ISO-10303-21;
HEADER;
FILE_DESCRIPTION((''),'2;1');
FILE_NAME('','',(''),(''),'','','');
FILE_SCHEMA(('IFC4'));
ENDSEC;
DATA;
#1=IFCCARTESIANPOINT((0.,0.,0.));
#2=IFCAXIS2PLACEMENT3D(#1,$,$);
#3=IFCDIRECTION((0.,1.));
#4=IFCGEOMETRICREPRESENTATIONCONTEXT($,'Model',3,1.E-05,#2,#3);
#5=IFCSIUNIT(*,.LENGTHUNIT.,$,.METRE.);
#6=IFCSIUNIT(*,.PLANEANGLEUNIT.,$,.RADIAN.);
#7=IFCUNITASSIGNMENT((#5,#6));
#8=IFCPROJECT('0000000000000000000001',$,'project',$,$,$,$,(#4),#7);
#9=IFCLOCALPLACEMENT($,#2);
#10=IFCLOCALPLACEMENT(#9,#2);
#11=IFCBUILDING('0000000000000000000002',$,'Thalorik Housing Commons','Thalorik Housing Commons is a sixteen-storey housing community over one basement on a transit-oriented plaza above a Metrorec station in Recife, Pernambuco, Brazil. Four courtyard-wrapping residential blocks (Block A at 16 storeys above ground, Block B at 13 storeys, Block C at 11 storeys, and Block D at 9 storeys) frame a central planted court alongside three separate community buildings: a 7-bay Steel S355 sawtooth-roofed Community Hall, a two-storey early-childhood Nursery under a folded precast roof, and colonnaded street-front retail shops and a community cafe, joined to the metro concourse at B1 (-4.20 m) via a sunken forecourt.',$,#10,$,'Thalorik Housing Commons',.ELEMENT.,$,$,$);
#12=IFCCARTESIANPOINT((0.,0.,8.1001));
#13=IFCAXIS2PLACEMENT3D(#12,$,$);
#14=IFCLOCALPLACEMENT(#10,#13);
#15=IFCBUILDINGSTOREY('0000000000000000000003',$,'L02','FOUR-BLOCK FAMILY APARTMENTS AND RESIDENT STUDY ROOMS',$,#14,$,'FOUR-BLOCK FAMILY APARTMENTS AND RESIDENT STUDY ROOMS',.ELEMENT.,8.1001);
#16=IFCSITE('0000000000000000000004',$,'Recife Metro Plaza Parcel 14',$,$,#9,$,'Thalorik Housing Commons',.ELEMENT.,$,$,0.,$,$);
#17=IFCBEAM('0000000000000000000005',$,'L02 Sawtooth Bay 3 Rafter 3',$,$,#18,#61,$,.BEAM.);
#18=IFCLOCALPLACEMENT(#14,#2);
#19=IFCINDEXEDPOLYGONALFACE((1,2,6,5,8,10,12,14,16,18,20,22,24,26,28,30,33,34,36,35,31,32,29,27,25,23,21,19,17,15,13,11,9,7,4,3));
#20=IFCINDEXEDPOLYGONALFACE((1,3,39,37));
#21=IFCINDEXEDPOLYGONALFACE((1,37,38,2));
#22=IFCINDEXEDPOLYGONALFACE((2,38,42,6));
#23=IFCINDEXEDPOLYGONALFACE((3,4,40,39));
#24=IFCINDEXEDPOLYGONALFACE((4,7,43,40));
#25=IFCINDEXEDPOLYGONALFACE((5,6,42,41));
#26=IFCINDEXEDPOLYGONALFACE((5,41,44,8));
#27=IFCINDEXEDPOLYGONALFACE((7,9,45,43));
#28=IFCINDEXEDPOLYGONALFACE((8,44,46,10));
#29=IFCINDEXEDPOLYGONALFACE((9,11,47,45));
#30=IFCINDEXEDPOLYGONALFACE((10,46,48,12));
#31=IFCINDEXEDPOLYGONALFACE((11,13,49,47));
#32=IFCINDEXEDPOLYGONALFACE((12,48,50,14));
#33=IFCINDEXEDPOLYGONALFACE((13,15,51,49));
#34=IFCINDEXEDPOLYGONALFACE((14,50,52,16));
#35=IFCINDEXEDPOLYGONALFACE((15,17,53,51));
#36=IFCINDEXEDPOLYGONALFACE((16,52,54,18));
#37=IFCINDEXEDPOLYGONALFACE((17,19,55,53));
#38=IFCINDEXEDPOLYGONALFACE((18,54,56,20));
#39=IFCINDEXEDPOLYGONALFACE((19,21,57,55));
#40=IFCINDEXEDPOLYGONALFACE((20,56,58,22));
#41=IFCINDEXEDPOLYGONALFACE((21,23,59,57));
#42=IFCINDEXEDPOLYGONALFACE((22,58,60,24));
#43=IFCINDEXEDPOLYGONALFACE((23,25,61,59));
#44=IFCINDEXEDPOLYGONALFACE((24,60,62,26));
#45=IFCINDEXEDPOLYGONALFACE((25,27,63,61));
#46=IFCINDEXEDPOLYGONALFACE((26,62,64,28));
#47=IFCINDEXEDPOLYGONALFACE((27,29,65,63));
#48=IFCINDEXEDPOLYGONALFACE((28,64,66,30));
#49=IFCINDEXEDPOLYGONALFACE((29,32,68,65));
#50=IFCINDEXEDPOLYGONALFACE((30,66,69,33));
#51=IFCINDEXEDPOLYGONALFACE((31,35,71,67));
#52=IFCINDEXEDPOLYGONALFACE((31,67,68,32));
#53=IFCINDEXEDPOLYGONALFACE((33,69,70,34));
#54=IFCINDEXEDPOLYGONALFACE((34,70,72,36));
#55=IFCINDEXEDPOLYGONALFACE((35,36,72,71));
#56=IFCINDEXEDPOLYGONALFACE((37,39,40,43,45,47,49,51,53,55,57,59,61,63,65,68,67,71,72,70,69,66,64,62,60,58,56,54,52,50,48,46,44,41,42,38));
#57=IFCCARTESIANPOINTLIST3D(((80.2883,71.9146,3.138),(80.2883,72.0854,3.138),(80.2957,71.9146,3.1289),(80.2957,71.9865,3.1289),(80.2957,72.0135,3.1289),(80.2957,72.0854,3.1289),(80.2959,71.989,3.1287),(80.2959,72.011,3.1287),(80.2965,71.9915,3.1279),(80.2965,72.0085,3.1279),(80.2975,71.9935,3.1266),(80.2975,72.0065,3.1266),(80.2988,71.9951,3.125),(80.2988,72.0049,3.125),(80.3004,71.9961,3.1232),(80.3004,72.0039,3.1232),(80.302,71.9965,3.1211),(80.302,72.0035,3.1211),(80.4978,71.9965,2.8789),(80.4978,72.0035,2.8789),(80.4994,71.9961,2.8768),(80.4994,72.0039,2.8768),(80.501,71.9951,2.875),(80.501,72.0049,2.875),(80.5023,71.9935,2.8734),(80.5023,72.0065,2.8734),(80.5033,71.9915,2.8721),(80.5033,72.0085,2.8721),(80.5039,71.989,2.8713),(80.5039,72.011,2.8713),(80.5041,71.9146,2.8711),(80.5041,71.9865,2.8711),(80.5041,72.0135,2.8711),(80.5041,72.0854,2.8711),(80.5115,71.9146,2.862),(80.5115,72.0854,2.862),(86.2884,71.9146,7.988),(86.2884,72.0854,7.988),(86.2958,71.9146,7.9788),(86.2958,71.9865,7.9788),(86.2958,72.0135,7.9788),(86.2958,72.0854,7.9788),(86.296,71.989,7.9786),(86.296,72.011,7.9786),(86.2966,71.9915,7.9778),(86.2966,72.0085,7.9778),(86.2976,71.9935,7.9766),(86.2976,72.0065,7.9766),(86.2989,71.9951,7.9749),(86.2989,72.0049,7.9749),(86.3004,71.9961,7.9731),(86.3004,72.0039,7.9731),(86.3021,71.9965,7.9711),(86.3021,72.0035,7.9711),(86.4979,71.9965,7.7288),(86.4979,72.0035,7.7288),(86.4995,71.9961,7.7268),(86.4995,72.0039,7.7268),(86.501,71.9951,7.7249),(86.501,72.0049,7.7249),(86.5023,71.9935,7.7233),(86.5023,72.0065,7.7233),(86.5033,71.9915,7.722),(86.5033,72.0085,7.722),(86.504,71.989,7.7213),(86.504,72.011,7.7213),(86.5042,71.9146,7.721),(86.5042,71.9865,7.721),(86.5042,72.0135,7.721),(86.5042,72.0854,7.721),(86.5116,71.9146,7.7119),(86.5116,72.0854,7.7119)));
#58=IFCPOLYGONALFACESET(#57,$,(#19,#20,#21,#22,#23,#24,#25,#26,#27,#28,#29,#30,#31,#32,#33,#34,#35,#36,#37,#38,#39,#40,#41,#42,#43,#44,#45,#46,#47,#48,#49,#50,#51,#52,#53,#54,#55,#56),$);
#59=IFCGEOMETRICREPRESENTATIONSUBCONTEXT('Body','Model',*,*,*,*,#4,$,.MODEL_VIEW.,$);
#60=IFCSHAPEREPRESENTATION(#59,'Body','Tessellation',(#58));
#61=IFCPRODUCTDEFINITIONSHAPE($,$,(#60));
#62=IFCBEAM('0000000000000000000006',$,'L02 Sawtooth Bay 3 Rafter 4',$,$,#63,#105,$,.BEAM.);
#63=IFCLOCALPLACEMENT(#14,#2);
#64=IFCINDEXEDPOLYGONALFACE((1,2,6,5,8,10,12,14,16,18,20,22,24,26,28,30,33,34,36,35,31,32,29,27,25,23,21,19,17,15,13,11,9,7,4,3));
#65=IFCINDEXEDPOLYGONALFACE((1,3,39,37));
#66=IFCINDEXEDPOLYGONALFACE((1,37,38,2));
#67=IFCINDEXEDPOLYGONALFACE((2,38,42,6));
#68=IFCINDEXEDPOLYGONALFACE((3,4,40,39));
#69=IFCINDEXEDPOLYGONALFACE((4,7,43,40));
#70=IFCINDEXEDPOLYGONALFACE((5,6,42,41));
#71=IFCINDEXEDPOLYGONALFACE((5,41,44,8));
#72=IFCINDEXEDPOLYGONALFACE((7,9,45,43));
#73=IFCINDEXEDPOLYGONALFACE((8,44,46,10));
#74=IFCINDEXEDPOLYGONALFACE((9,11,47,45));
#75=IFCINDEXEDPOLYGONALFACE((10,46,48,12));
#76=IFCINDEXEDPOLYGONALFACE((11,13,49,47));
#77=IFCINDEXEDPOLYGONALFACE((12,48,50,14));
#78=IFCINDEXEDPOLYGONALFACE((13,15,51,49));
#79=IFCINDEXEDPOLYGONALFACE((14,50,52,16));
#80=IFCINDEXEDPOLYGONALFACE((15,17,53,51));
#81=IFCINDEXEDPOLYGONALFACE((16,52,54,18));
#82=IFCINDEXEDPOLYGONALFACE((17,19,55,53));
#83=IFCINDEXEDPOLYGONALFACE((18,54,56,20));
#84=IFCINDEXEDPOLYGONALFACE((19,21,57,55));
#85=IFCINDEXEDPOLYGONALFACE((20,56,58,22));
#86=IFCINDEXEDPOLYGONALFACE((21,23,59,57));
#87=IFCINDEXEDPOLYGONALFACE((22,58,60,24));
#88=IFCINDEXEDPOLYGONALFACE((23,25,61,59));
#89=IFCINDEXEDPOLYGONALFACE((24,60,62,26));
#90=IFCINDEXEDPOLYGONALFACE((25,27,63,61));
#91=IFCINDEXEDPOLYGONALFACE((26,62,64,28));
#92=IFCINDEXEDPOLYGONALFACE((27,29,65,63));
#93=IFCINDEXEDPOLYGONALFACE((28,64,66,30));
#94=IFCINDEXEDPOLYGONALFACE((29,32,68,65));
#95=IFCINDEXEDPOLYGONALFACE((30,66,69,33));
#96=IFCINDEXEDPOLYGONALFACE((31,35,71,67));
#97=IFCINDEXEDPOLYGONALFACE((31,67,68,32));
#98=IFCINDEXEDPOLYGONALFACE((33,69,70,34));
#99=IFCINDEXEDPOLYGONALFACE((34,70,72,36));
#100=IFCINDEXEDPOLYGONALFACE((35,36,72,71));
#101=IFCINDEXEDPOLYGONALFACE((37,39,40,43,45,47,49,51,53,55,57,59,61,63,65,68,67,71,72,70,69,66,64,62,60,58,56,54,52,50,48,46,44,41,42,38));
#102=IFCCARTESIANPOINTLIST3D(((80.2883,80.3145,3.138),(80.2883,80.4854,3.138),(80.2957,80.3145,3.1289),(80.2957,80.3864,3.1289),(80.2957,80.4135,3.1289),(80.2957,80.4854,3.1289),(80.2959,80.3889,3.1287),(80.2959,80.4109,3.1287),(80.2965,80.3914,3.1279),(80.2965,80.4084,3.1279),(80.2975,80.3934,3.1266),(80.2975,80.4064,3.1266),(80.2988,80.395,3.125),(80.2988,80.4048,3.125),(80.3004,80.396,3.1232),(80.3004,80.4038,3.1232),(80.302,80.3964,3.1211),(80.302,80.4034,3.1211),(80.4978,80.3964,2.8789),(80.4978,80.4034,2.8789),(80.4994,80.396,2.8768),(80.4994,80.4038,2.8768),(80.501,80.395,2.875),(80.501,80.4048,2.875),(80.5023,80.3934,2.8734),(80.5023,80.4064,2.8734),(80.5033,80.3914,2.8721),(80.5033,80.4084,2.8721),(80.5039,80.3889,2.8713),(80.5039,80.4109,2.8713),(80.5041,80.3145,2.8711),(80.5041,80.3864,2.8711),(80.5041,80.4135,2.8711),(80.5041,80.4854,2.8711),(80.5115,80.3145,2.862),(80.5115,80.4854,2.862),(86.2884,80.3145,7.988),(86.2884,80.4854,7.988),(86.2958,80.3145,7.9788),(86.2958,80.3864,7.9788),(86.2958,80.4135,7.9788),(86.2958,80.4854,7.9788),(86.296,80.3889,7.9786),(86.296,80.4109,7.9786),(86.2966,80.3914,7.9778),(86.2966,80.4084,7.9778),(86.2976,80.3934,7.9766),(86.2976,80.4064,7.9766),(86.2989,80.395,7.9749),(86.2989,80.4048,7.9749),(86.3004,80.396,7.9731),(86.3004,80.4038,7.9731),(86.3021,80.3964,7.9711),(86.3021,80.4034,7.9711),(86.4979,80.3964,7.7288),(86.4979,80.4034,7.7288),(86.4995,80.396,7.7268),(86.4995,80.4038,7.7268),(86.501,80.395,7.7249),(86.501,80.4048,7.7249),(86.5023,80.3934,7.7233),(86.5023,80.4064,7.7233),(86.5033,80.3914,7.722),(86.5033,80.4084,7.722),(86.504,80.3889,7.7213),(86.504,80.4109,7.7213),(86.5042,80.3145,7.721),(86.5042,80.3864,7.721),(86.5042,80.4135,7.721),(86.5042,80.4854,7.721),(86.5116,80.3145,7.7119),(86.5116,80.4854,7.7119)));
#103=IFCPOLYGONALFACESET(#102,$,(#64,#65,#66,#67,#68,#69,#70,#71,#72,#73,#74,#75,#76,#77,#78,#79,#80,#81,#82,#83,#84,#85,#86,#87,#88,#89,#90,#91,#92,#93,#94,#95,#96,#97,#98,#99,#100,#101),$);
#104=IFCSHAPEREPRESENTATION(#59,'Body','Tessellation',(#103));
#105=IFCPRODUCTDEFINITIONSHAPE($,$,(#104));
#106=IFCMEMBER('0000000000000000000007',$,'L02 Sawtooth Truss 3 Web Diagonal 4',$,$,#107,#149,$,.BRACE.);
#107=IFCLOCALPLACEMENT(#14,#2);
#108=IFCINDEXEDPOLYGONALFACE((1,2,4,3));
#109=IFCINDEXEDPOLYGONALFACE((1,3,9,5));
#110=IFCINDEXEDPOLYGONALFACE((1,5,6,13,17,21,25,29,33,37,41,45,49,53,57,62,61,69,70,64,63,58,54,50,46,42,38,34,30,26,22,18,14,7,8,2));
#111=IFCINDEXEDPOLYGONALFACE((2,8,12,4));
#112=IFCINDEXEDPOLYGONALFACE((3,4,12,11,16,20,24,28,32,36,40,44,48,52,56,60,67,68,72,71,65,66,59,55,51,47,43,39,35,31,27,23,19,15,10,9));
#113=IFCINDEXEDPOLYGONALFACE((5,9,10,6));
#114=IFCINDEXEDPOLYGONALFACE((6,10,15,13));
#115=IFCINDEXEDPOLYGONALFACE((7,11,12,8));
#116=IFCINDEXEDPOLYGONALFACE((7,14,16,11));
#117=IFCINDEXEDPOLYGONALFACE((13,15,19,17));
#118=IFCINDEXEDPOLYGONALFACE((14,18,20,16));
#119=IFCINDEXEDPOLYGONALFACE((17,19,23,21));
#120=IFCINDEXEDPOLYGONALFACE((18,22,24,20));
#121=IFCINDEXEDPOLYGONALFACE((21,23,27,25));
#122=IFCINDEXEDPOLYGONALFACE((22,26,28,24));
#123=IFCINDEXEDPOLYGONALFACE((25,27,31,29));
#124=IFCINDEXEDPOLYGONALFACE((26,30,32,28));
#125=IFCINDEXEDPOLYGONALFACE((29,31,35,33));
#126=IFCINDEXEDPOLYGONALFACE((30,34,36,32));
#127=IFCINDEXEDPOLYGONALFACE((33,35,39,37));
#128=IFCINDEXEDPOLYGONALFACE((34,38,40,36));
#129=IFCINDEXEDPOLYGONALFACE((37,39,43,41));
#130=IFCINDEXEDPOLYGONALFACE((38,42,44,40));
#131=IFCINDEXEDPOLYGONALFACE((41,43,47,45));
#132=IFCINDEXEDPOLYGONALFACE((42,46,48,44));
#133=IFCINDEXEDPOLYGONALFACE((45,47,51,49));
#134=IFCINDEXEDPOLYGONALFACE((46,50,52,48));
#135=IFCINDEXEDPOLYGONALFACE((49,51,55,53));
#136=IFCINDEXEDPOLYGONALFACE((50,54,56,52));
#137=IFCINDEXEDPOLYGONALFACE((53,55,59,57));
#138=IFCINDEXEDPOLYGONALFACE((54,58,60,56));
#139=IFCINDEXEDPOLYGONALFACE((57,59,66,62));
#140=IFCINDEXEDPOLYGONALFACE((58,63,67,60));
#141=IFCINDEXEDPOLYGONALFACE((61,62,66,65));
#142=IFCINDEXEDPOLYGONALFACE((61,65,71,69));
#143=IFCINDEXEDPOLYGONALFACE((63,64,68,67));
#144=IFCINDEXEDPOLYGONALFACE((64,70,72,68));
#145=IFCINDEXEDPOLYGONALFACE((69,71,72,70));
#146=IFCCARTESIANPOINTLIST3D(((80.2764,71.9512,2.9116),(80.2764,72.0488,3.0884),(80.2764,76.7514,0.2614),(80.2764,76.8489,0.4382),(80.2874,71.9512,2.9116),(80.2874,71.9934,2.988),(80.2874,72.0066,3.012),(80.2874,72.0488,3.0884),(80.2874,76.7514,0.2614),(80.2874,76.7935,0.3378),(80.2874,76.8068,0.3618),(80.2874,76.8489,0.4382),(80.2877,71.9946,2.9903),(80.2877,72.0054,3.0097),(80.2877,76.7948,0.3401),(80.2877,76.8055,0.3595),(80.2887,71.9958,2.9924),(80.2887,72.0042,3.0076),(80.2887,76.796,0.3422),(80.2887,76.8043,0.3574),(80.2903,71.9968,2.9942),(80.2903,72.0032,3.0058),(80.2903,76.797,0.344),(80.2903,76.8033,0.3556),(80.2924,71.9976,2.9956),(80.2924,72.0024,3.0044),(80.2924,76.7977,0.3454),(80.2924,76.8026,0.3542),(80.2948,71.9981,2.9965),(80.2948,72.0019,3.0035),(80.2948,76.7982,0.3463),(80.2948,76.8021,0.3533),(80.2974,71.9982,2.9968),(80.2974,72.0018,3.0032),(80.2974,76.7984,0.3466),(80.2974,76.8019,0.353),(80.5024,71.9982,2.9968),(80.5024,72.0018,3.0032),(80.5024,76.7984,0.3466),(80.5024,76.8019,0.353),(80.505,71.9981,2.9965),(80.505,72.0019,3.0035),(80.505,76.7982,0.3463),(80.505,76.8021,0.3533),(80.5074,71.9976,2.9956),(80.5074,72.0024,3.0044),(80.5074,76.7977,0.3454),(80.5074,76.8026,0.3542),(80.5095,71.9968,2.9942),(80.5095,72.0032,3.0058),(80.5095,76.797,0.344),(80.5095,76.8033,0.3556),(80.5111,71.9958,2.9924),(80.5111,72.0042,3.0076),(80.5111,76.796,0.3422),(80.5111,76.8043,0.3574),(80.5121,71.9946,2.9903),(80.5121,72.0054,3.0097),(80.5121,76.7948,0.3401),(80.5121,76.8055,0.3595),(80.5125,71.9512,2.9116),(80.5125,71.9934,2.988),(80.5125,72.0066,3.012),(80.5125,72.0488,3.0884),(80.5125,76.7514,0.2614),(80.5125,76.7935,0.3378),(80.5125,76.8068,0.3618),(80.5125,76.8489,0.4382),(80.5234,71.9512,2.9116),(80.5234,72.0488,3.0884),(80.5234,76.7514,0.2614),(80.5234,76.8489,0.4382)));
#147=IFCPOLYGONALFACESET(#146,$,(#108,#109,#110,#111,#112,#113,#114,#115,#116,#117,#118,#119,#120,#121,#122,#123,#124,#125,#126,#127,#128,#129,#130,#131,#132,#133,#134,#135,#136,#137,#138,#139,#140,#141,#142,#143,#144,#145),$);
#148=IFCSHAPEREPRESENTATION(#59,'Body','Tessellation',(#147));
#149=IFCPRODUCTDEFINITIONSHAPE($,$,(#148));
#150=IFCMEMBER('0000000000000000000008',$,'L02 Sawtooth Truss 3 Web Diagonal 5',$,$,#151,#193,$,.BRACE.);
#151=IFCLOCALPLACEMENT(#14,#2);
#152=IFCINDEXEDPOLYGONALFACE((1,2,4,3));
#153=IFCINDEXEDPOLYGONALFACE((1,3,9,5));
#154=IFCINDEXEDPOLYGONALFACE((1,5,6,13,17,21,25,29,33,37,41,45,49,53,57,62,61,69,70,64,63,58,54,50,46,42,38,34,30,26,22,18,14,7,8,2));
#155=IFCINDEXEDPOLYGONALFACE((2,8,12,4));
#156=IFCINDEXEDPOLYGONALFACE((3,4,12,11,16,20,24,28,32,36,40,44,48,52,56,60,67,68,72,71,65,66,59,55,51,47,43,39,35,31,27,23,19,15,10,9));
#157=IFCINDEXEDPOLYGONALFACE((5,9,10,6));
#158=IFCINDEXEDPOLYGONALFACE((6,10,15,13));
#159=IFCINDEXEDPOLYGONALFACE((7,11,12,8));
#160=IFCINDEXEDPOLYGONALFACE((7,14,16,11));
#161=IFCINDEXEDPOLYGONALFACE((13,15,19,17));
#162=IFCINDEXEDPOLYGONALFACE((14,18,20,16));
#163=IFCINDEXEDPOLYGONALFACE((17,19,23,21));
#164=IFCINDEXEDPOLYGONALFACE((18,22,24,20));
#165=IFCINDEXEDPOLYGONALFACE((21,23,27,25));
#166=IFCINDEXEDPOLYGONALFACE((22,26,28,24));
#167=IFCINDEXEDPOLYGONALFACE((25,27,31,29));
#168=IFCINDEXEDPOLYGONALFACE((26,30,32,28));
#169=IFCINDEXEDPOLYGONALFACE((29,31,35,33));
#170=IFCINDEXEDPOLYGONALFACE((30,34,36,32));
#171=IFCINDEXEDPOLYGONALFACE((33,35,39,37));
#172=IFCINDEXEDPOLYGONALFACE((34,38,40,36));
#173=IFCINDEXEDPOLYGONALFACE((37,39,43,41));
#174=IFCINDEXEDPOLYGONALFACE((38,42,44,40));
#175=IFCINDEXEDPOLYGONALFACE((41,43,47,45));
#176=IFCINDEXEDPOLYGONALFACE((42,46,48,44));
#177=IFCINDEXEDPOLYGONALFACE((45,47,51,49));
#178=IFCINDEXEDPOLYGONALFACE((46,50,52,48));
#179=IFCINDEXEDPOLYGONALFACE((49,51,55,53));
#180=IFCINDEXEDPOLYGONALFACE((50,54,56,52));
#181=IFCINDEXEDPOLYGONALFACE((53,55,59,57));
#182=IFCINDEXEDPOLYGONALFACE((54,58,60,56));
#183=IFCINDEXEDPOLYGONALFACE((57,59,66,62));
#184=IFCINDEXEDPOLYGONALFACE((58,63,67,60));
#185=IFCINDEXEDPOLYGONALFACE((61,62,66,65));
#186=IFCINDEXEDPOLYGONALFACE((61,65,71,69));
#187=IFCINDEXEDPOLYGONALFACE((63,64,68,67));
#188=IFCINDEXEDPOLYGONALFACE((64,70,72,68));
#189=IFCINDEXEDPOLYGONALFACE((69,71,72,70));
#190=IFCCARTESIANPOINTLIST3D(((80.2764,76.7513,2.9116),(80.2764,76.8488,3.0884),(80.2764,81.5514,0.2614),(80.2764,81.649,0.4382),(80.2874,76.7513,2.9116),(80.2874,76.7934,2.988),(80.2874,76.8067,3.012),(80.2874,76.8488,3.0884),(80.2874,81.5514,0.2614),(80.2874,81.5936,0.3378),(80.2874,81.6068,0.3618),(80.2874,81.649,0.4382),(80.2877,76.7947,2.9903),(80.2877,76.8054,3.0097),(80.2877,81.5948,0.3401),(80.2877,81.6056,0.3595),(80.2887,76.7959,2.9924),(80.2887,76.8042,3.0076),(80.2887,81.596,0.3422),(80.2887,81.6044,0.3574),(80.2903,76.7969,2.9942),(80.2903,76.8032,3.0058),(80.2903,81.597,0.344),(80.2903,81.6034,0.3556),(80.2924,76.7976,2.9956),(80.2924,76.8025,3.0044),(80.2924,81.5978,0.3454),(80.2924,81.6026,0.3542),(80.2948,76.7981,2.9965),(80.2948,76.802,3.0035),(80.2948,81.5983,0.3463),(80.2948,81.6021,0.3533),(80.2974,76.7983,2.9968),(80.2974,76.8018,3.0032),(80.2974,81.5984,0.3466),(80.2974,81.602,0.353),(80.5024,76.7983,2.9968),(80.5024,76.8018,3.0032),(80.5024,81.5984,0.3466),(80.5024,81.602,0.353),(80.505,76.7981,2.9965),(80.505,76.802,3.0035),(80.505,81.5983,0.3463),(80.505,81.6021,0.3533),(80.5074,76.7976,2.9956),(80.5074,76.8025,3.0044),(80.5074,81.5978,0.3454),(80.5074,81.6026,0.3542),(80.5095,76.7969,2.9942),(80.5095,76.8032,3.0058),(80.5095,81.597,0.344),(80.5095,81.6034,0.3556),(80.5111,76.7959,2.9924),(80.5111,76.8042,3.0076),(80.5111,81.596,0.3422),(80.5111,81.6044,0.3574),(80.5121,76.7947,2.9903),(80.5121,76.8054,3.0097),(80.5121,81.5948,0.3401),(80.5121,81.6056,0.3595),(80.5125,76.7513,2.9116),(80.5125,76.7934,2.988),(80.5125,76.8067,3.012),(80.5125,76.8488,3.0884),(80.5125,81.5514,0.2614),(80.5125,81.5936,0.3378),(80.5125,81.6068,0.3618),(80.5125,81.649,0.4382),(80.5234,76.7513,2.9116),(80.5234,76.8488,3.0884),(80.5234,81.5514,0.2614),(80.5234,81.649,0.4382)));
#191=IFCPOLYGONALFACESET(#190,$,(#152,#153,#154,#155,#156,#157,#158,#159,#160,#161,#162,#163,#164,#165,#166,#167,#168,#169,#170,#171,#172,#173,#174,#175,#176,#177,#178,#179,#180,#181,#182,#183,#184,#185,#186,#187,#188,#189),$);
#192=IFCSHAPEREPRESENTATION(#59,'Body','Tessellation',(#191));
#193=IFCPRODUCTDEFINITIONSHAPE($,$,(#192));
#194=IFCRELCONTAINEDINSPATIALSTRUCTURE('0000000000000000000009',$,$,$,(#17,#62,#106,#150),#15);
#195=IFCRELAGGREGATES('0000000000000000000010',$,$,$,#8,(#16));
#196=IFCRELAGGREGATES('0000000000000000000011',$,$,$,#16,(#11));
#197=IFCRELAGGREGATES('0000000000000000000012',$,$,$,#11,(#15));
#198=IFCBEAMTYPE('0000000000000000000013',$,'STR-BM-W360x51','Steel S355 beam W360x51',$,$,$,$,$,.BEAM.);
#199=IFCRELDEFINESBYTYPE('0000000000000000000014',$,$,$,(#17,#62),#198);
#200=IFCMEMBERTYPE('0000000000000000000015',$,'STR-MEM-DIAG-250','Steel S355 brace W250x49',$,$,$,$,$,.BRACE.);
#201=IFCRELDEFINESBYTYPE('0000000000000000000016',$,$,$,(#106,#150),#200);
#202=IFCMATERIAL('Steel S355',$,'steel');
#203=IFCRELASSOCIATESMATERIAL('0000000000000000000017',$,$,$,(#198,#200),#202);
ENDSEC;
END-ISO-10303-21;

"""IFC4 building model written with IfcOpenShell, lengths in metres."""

from ifc_helpers import new_model, si_unit, direction, frame, origin, origin_2d, place, context, subcontext, project, spatial, i_section, extrude, material, material_profile, profile_set, type_object, element, save


model = new_model("IFC4")

# Units and contexts
model_context = context("Model", 3, precision=1e-05, world=origin(), true_north=direction((0.0, 1.0)))
body_context = subcontext(model_context, "Body", "Model", "MODEL_VIEW")
ifc_project = project(units=[si_unit("LENGTHUNIT", "METRE"), si_unit("PLANEANGLEUNIT", "RADIAN")], contexts=[model_context])

# Site, building, storey
site_placement = place(None, origin())
site = spatial("IfcSite", under=ifc_project, at=site_placement, Name="Recife Metro Plaza Parcel 14", LongName="Thalorik Housing Commons", CompositionType="ELEMENT", RefElevation=0.0)
building_placement = place(site_placement, origin())
building = spatial("IfcBuilding", under=site, at=building_placement, Name="Thalorik Housing Commons", Description="Thalorik Housing Commons is a sixteen-storey housing community over one basement on a transit-oriented plaza above a Metrorec station in Recife, Pernambuco, Brazil. Four courtyard-wrapping residential blocks (Block A at 16 storeys above ground, Block B at 13 storeys, Block C at 11 storeys, and Block D at 9 storeys) frame a central planted court alongside three separate community buildings: a 7-bay Steel S355 sawtooth-roofed Community Hall, a two-storey early-childhood Nursery under a folded precast roof, and colonnaded street-front retail shops and a community cafe, joined to the metro concourse at B1 (-4.20 m) via a sunken forecourt.", LongName="Thalorik Housing Commons", CompositionType="ELEMENT")
storey_placement = place(building_placement, frame((0.0, 0.0, 8.1001)))
storey = spatial("IfcBuildingStorey", under=building, at=storey_placement, Name="L02", Description="FOUR-BLOCK FAMILY APARTMENTS AND RESIDENT STUDY ROOMS", LongName="FOUR-BLOCK FAMILY APARTMENTS AND RESIDENT STUDY ROOMS", CompositionType="ELEMENT", Elevation=8.1001)

# Shared definitions
ifc_material_1 = material(Name="Steel S355", Category="steel")

# Beams
ifc_material_profile_1 = material_profile(ifc_material_1, i_section(OverallWidth=0.1709, OverallDepth=0.355, WebThickness=0.0071, FlangeThickness=0.0117, FilletRadius=0.01, at=origin_2d()), Name="W360x51", Category="steel")
ifc_profile_set_1 = profile_set([ifc_material_profile_1], Name="Steel S355")
beam_type = type_object("IfcBeamType", Name="STR-BM-W360x51", Description="Steel S355 beam W360x51", PredefinedType="BEAM", material=ifc_profile_set_1)
for number, where, z_axis, x_axis, name in (
    (1, (80.3999, 72.0, 3.0), (0.777707, 0.0, 0.628627), (0.0, 1.0, 0.0), "L02 Sawtooth Bay 3 Rafter 3"),
    (2, (80.3999, 80.3999, 3.0), (0.777707, 0.0, 0.628627), (0.0, 1.0, 0.0), "L02 Sawtooth Bay 3 Rafter 4"),
):
    element("IfcBeam", number, at=place(storey_placement, frame(where, z_axis=z_axis, x_axis=x_axis)), inside=storey, type_object=beam_type, Name=name, PredefinedType="BEAM", context=body_context, shape_type="SweptSolid", body=[
        extrude(i_section(OverallWidth=0.1709, OverallDepth=0.355, WebThickness=0.0071, FlangeThickness=0.0117, FilletRadius=0.01, at=origin_2d()), origin(), (0.0, 0.0, 1.0), 7.7151),
    ])

# Members
ifc_material_profile_2 = material_profile(ifc_material_1, i_section(OverallWidth=0.2019, OverallDepth=0.2471, WebThickness=0.0073, FlangeThickness=0.011, FilletRadius=0.01, at=origin_2d()), Name="W250x49", Category="steel")
ifc_profile_set_2 = profile_set([ifc_material_profile_2], Name="Steel S355")
member_type_1 = type_object("IfcMemberType", Name="STR-MEM-DIAG-250", Description="Steel S355 brace W250x49", PredefinedType="BRACE", material=ifc_profile_set_2)
for number, where, z_axis, x_axis, name in (
    (3, (80.3999, 72.0, 3.0), (0.0, 0.875435, -0.483335), (0.0, 0.483335, 0.875435), "L02 Sawtooth Truss 3 Web Diagonal 4"),
    (4, (80.3999, 76.8, 3.0), (0.0, 0.875435, -0.483335), (0.0, 0.483335, 0.875435), "L02 Sawtooth Truss 3 Web Diagonal 5"),
):
    element("IfcMember", number, at=place(storey_placement, frame(where, z_axis=z_axis, x_axis=x_axis)), inside=storey, type_object=member_type_1, Name=name, PredefinedType="BRACE", context=body_context, shape_type="SweptSolid", body=[
        extrude(i_section(OverallWidth=0.2019, OverallDepth=0.2471, WebThickness=0.0073, FlangeThickness=0.011, FilletRadius=0.01, at=origin_2d()), origin(), (0.0, 0.0, 1.0), 5.4832),
    ])

save(model, "model.ifc")
